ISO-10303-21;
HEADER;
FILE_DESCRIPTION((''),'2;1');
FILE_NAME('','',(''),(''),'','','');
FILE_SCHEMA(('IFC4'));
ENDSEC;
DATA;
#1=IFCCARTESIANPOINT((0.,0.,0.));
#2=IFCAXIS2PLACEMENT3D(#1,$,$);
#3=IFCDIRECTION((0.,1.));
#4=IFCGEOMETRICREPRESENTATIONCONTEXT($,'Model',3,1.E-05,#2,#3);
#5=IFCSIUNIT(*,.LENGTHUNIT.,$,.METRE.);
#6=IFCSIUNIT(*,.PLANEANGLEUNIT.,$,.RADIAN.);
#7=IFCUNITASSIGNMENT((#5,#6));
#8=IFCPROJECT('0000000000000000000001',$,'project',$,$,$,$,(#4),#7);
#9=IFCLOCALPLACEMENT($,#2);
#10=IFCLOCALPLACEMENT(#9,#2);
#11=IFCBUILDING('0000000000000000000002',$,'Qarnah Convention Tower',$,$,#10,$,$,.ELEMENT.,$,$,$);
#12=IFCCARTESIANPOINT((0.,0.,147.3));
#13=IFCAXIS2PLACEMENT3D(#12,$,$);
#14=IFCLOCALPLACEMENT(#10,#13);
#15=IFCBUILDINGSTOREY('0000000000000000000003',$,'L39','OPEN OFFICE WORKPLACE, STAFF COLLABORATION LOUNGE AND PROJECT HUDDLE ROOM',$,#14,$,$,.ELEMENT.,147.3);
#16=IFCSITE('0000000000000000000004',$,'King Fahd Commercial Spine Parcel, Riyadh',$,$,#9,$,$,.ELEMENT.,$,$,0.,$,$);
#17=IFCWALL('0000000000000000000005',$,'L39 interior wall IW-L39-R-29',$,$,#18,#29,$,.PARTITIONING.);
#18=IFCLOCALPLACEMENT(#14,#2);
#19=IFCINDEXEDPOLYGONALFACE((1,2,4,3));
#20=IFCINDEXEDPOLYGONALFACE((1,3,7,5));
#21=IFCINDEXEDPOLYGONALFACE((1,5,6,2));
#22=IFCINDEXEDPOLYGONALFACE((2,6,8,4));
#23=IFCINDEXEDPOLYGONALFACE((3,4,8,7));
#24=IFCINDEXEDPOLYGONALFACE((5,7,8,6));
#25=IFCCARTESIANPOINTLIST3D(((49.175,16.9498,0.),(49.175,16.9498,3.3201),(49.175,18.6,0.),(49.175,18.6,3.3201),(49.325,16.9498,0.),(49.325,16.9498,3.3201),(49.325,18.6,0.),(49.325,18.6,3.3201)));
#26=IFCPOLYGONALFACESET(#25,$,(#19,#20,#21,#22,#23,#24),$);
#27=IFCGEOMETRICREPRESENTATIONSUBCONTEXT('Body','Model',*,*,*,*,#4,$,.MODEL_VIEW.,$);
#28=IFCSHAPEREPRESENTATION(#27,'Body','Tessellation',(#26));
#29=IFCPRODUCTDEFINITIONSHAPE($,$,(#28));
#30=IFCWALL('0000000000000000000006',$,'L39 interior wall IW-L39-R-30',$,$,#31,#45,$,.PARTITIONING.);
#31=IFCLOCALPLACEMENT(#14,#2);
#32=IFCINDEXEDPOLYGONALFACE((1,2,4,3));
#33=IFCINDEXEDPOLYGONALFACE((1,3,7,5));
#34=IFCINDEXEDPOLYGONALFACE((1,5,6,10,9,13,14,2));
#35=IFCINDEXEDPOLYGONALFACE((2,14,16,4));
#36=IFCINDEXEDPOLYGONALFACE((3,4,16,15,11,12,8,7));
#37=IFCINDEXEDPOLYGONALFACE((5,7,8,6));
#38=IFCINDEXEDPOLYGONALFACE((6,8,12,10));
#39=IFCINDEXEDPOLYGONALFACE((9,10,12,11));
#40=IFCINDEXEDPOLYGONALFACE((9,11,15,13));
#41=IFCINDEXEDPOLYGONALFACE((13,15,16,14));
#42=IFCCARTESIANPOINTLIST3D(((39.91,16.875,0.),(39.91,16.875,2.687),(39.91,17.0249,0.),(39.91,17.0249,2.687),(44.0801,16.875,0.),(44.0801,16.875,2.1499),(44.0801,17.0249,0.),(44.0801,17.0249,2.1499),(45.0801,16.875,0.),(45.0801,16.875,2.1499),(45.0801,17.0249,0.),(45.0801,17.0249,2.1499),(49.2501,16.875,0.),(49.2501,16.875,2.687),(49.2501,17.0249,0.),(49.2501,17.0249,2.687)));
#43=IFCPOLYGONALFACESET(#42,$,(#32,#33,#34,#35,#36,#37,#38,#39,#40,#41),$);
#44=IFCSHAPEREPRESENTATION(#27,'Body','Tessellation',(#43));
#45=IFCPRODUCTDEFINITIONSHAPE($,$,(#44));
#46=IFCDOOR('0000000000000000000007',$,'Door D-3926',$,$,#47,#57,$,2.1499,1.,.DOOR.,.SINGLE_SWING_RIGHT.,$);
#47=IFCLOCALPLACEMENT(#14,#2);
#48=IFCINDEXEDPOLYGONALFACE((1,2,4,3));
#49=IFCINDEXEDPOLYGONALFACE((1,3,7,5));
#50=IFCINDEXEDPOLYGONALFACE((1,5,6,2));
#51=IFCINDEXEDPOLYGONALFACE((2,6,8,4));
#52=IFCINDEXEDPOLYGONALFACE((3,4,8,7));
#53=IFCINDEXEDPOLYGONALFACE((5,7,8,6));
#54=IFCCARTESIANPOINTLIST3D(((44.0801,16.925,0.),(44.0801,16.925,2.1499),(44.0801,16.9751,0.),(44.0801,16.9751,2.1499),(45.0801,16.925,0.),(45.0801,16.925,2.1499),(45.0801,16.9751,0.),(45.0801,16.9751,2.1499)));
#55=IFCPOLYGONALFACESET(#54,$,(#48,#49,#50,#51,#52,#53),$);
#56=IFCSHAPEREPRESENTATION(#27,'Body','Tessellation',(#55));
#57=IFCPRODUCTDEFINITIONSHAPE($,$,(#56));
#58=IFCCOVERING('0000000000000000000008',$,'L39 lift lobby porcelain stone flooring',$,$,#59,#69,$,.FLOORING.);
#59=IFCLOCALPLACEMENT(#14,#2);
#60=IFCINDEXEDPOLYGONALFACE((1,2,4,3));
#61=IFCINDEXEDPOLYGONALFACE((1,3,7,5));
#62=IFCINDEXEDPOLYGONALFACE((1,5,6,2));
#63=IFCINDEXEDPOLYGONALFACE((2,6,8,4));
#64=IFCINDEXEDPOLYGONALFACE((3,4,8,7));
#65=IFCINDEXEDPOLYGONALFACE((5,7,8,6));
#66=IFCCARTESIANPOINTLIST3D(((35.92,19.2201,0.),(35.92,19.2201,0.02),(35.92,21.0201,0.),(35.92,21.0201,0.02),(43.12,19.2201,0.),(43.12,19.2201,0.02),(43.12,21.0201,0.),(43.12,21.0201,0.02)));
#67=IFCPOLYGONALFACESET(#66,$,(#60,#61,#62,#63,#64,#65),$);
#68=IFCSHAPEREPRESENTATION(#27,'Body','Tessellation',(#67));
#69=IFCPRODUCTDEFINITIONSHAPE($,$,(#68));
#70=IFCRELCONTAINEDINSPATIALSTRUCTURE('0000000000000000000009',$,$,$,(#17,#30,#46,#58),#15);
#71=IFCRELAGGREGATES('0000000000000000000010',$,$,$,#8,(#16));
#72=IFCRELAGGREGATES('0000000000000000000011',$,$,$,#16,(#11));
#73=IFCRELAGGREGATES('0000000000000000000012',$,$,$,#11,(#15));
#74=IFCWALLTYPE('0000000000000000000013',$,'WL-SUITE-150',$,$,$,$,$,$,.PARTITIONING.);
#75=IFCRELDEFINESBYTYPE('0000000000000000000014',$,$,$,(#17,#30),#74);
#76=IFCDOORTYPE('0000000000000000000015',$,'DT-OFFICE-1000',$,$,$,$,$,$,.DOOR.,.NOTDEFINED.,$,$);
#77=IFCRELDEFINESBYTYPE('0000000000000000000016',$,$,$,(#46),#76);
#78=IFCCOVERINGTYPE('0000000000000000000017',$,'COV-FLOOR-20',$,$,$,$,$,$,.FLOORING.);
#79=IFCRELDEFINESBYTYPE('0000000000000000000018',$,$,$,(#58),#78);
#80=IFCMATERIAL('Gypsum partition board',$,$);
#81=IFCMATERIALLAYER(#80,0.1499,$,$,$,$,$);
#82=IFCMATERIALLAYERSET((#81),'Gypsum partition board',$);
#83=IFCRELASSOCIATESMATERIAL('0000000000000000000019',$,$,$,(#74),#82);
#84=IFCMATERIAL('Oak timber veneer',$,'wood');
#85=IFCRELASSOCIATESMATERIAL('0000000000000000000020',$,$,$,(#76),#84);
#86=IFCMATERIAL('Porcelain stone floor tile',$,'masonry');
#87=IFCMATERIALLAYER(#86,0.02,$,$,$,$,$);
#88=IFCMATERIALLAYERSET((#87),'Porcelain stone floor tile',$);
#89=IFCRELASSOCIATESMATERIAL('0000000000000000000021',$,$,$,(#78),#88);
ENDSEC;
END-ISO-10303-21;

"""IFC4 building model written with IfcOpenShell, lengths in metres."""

from ifc_helpers import new_model, si_unit, direction, frame, frame_2d, origin, origin_2d, place, context, subcontext, project, spatial, rectangle, extrude, material, layer, layer_set, type_object, element, fill, save


model = new_model("IFC4")

# Units and contexts
model_context = context("Model", 3, precision=1e-05, world=origin(), true_north=direction((0.0, 1.0)))
body_context = subcontext(model_context, "Body", "Model", "MODEL_VIEW")
ifc_project = project(units=[si_unit("LENGTHUNIT", "METRE"), si_unit("PLANEANGLEUNIT", "RADIAN")], contexts=[model_context])

# Site, building, storey
site_placement = place(None, origin())
site = spatial("IfcSite", under=ifc_project, at=site_placement, Name="King Fahd Commercial Spine Parcel, Riyadh", CompositionType="ELEMENT", RefElevation=0.0)
building_placement = place(site_placement, origin())
building = spatial("IfcBuilding", under=site, at=building_placement, Name="Qarnah Convention Tower", CompositionType="ELEMENT")
storey_placement = place(building_placement, frame((0.0, 0.0, 147.3)))
storey = spatial("IfcBuildingStorey", under=building, at=storey_placement, Name="L39", Description="OPEN OFFICE WORKPLACE, STAFF COLLABORATION LOUNGE AND PROJECT HUDDLE ROOM", CompositionType="ELEMENT", Elevation=147.3)

# Shared definitions
ifc_material_1 = material(Name="Gypsum partition board")
ifc_layer_1 = layer(ifc_material_1, 0.1499)
ifc_layer_set_1 = layer_set([ifc_layer_1], Name="Gypsum partition board")
wall_type_1 = type_object("IfcWallType", Name="WL-SUITE-150", PredefinedType="PARTITIONING", material=ifc_layer_set_1)
ifc_material_2 = material(Name="Oak timber veneer", Category="wood")
door_type_1 = type_object("IfcDoorType", Name="DT-OFFICE-1000", OperationType="NOTDEFINED", PredefinedType="DOOR", material=ifc_material_2)

# Wall
wall_1_placement = place(storey_placement, frame((49.25, 18.6001, 0.0), z_axis=(0.0, 0.0, 1.0), x_axis=(0.0, -1.0, 0.0)))
element("IfcWall", 1, at=wall_1_placement, inside=storey, type_object=wall_type_1, Name="L39 interior wall IW-L39-R-29", PredefinedType="PARTITIONING", context=body_context, shape_type="SweptSolid", body=[
    extrude(rectangle(XDim=1.6501, YDim=0.1499, at=frame_2d((0.8252, 0.0))), origin(), (0.0, 0.0, 1.0), 3.3201),
])

# Wall, opening, door
wall_2_placement = place(storey_placement, frame((49.25, 16.95, 0.0), z_axis=(0.0, 0.0, 1.0), x_axis=(-1.0, 0.0, 0.0)))
wall_2 = element("IfcWall", 2, at=wall_2_placement, inside=storey, type_object=wall_type_1, Name="L39 interior wall IW-L39-R-30", PredefinedType="PARTITIONING", context=body_context, shape_type="SweptSolid", body=[
    extrude(rectangle(XDim=9.3401, YDim=0.1499, at=frame_2d((4.6699, 0.0))), origin(), (0.0, 0.0, 1.0), 2.687),
])
opening_1_placement = place(wall_2_placement, frame((4.1699, 0.0, 0.0)))
opening_1 = element("IfcOpeningElement", 3, at=opening_1_placement, cuts=wall_2, PredefinedType="OPENING", context=body_context, shape_type="SweptSolid", body=[
    extrude(rectangle(XDim=1.0, YDim=2.1499, at=frame_2d((0.5, 1.075))), frame((0.0, 0.085, 0.0), z_axis=(0.0, -1.0, 0.0), x_axis=(1.0, 0.0, 0.0)), (0.0, 0.0, 1.0), 0.1699),
])
door_1_placement = place(opening_1_placement, origin())
door_1 = element("IfcDoor", 4, at=door_1_placement, inside=storey, type_object=door_type_1, Name="Door D-3926", OperationType="SINGLE_SWING_RIGHT", OverallHeight=2.1499, OverallWidth=1.0, PredefinedType="DOOR", context=body_context, shape_type="SweptSolid", body=[
    extrude(rectangle(XDim=1.0, YDim=2.1499, at=frame_2d((0.5, 1.075))), frame((0.0, 0.0249, 0.0), z_axis=(0.0, -1.0, 0.0), x_axis=(1.0, 0.0, 0.0)), (0.0, 0.0, 1.0), 0.05),
])
fill(opening_1, door_1)

# Covering
ifc_material_3 = material(Name="Porcelain stone floor tile", Category="masonry")
ifc_layer_2 = layer(ifc_material_3, 0.02)
ifc_layer_set_2 = layer_set([ifc_layer_2], Name="Porcelain stone floor tile")
covering_type = type_object("IfcCoveringType", Name="COV-FLOOR-20", PredefinedType="FLOORING", material=ifc_layer_set_2)
covering_placement = place(storey_placement, frame((39.52, 20.1201, 0.0), z_axis=(0.0, 0.0, 1.0), x_axis=(1.0, 0.0, 0.0)))
element("IfcCovering", 5, at=covering_placement, inside=storey, type_object=covering_type, Name="L39 lift lobby porcelain stone flooring", PredefinedType="FLOORING", context=body_context, shape_type="SweptSolid", body=[
    extrude(rectangle(XDim=7.2, YDim=1.8, at=origin_2d()), origin(), (0.0, 0.0, 1.0), 0.02),
])

save(model, "model.ifc")
